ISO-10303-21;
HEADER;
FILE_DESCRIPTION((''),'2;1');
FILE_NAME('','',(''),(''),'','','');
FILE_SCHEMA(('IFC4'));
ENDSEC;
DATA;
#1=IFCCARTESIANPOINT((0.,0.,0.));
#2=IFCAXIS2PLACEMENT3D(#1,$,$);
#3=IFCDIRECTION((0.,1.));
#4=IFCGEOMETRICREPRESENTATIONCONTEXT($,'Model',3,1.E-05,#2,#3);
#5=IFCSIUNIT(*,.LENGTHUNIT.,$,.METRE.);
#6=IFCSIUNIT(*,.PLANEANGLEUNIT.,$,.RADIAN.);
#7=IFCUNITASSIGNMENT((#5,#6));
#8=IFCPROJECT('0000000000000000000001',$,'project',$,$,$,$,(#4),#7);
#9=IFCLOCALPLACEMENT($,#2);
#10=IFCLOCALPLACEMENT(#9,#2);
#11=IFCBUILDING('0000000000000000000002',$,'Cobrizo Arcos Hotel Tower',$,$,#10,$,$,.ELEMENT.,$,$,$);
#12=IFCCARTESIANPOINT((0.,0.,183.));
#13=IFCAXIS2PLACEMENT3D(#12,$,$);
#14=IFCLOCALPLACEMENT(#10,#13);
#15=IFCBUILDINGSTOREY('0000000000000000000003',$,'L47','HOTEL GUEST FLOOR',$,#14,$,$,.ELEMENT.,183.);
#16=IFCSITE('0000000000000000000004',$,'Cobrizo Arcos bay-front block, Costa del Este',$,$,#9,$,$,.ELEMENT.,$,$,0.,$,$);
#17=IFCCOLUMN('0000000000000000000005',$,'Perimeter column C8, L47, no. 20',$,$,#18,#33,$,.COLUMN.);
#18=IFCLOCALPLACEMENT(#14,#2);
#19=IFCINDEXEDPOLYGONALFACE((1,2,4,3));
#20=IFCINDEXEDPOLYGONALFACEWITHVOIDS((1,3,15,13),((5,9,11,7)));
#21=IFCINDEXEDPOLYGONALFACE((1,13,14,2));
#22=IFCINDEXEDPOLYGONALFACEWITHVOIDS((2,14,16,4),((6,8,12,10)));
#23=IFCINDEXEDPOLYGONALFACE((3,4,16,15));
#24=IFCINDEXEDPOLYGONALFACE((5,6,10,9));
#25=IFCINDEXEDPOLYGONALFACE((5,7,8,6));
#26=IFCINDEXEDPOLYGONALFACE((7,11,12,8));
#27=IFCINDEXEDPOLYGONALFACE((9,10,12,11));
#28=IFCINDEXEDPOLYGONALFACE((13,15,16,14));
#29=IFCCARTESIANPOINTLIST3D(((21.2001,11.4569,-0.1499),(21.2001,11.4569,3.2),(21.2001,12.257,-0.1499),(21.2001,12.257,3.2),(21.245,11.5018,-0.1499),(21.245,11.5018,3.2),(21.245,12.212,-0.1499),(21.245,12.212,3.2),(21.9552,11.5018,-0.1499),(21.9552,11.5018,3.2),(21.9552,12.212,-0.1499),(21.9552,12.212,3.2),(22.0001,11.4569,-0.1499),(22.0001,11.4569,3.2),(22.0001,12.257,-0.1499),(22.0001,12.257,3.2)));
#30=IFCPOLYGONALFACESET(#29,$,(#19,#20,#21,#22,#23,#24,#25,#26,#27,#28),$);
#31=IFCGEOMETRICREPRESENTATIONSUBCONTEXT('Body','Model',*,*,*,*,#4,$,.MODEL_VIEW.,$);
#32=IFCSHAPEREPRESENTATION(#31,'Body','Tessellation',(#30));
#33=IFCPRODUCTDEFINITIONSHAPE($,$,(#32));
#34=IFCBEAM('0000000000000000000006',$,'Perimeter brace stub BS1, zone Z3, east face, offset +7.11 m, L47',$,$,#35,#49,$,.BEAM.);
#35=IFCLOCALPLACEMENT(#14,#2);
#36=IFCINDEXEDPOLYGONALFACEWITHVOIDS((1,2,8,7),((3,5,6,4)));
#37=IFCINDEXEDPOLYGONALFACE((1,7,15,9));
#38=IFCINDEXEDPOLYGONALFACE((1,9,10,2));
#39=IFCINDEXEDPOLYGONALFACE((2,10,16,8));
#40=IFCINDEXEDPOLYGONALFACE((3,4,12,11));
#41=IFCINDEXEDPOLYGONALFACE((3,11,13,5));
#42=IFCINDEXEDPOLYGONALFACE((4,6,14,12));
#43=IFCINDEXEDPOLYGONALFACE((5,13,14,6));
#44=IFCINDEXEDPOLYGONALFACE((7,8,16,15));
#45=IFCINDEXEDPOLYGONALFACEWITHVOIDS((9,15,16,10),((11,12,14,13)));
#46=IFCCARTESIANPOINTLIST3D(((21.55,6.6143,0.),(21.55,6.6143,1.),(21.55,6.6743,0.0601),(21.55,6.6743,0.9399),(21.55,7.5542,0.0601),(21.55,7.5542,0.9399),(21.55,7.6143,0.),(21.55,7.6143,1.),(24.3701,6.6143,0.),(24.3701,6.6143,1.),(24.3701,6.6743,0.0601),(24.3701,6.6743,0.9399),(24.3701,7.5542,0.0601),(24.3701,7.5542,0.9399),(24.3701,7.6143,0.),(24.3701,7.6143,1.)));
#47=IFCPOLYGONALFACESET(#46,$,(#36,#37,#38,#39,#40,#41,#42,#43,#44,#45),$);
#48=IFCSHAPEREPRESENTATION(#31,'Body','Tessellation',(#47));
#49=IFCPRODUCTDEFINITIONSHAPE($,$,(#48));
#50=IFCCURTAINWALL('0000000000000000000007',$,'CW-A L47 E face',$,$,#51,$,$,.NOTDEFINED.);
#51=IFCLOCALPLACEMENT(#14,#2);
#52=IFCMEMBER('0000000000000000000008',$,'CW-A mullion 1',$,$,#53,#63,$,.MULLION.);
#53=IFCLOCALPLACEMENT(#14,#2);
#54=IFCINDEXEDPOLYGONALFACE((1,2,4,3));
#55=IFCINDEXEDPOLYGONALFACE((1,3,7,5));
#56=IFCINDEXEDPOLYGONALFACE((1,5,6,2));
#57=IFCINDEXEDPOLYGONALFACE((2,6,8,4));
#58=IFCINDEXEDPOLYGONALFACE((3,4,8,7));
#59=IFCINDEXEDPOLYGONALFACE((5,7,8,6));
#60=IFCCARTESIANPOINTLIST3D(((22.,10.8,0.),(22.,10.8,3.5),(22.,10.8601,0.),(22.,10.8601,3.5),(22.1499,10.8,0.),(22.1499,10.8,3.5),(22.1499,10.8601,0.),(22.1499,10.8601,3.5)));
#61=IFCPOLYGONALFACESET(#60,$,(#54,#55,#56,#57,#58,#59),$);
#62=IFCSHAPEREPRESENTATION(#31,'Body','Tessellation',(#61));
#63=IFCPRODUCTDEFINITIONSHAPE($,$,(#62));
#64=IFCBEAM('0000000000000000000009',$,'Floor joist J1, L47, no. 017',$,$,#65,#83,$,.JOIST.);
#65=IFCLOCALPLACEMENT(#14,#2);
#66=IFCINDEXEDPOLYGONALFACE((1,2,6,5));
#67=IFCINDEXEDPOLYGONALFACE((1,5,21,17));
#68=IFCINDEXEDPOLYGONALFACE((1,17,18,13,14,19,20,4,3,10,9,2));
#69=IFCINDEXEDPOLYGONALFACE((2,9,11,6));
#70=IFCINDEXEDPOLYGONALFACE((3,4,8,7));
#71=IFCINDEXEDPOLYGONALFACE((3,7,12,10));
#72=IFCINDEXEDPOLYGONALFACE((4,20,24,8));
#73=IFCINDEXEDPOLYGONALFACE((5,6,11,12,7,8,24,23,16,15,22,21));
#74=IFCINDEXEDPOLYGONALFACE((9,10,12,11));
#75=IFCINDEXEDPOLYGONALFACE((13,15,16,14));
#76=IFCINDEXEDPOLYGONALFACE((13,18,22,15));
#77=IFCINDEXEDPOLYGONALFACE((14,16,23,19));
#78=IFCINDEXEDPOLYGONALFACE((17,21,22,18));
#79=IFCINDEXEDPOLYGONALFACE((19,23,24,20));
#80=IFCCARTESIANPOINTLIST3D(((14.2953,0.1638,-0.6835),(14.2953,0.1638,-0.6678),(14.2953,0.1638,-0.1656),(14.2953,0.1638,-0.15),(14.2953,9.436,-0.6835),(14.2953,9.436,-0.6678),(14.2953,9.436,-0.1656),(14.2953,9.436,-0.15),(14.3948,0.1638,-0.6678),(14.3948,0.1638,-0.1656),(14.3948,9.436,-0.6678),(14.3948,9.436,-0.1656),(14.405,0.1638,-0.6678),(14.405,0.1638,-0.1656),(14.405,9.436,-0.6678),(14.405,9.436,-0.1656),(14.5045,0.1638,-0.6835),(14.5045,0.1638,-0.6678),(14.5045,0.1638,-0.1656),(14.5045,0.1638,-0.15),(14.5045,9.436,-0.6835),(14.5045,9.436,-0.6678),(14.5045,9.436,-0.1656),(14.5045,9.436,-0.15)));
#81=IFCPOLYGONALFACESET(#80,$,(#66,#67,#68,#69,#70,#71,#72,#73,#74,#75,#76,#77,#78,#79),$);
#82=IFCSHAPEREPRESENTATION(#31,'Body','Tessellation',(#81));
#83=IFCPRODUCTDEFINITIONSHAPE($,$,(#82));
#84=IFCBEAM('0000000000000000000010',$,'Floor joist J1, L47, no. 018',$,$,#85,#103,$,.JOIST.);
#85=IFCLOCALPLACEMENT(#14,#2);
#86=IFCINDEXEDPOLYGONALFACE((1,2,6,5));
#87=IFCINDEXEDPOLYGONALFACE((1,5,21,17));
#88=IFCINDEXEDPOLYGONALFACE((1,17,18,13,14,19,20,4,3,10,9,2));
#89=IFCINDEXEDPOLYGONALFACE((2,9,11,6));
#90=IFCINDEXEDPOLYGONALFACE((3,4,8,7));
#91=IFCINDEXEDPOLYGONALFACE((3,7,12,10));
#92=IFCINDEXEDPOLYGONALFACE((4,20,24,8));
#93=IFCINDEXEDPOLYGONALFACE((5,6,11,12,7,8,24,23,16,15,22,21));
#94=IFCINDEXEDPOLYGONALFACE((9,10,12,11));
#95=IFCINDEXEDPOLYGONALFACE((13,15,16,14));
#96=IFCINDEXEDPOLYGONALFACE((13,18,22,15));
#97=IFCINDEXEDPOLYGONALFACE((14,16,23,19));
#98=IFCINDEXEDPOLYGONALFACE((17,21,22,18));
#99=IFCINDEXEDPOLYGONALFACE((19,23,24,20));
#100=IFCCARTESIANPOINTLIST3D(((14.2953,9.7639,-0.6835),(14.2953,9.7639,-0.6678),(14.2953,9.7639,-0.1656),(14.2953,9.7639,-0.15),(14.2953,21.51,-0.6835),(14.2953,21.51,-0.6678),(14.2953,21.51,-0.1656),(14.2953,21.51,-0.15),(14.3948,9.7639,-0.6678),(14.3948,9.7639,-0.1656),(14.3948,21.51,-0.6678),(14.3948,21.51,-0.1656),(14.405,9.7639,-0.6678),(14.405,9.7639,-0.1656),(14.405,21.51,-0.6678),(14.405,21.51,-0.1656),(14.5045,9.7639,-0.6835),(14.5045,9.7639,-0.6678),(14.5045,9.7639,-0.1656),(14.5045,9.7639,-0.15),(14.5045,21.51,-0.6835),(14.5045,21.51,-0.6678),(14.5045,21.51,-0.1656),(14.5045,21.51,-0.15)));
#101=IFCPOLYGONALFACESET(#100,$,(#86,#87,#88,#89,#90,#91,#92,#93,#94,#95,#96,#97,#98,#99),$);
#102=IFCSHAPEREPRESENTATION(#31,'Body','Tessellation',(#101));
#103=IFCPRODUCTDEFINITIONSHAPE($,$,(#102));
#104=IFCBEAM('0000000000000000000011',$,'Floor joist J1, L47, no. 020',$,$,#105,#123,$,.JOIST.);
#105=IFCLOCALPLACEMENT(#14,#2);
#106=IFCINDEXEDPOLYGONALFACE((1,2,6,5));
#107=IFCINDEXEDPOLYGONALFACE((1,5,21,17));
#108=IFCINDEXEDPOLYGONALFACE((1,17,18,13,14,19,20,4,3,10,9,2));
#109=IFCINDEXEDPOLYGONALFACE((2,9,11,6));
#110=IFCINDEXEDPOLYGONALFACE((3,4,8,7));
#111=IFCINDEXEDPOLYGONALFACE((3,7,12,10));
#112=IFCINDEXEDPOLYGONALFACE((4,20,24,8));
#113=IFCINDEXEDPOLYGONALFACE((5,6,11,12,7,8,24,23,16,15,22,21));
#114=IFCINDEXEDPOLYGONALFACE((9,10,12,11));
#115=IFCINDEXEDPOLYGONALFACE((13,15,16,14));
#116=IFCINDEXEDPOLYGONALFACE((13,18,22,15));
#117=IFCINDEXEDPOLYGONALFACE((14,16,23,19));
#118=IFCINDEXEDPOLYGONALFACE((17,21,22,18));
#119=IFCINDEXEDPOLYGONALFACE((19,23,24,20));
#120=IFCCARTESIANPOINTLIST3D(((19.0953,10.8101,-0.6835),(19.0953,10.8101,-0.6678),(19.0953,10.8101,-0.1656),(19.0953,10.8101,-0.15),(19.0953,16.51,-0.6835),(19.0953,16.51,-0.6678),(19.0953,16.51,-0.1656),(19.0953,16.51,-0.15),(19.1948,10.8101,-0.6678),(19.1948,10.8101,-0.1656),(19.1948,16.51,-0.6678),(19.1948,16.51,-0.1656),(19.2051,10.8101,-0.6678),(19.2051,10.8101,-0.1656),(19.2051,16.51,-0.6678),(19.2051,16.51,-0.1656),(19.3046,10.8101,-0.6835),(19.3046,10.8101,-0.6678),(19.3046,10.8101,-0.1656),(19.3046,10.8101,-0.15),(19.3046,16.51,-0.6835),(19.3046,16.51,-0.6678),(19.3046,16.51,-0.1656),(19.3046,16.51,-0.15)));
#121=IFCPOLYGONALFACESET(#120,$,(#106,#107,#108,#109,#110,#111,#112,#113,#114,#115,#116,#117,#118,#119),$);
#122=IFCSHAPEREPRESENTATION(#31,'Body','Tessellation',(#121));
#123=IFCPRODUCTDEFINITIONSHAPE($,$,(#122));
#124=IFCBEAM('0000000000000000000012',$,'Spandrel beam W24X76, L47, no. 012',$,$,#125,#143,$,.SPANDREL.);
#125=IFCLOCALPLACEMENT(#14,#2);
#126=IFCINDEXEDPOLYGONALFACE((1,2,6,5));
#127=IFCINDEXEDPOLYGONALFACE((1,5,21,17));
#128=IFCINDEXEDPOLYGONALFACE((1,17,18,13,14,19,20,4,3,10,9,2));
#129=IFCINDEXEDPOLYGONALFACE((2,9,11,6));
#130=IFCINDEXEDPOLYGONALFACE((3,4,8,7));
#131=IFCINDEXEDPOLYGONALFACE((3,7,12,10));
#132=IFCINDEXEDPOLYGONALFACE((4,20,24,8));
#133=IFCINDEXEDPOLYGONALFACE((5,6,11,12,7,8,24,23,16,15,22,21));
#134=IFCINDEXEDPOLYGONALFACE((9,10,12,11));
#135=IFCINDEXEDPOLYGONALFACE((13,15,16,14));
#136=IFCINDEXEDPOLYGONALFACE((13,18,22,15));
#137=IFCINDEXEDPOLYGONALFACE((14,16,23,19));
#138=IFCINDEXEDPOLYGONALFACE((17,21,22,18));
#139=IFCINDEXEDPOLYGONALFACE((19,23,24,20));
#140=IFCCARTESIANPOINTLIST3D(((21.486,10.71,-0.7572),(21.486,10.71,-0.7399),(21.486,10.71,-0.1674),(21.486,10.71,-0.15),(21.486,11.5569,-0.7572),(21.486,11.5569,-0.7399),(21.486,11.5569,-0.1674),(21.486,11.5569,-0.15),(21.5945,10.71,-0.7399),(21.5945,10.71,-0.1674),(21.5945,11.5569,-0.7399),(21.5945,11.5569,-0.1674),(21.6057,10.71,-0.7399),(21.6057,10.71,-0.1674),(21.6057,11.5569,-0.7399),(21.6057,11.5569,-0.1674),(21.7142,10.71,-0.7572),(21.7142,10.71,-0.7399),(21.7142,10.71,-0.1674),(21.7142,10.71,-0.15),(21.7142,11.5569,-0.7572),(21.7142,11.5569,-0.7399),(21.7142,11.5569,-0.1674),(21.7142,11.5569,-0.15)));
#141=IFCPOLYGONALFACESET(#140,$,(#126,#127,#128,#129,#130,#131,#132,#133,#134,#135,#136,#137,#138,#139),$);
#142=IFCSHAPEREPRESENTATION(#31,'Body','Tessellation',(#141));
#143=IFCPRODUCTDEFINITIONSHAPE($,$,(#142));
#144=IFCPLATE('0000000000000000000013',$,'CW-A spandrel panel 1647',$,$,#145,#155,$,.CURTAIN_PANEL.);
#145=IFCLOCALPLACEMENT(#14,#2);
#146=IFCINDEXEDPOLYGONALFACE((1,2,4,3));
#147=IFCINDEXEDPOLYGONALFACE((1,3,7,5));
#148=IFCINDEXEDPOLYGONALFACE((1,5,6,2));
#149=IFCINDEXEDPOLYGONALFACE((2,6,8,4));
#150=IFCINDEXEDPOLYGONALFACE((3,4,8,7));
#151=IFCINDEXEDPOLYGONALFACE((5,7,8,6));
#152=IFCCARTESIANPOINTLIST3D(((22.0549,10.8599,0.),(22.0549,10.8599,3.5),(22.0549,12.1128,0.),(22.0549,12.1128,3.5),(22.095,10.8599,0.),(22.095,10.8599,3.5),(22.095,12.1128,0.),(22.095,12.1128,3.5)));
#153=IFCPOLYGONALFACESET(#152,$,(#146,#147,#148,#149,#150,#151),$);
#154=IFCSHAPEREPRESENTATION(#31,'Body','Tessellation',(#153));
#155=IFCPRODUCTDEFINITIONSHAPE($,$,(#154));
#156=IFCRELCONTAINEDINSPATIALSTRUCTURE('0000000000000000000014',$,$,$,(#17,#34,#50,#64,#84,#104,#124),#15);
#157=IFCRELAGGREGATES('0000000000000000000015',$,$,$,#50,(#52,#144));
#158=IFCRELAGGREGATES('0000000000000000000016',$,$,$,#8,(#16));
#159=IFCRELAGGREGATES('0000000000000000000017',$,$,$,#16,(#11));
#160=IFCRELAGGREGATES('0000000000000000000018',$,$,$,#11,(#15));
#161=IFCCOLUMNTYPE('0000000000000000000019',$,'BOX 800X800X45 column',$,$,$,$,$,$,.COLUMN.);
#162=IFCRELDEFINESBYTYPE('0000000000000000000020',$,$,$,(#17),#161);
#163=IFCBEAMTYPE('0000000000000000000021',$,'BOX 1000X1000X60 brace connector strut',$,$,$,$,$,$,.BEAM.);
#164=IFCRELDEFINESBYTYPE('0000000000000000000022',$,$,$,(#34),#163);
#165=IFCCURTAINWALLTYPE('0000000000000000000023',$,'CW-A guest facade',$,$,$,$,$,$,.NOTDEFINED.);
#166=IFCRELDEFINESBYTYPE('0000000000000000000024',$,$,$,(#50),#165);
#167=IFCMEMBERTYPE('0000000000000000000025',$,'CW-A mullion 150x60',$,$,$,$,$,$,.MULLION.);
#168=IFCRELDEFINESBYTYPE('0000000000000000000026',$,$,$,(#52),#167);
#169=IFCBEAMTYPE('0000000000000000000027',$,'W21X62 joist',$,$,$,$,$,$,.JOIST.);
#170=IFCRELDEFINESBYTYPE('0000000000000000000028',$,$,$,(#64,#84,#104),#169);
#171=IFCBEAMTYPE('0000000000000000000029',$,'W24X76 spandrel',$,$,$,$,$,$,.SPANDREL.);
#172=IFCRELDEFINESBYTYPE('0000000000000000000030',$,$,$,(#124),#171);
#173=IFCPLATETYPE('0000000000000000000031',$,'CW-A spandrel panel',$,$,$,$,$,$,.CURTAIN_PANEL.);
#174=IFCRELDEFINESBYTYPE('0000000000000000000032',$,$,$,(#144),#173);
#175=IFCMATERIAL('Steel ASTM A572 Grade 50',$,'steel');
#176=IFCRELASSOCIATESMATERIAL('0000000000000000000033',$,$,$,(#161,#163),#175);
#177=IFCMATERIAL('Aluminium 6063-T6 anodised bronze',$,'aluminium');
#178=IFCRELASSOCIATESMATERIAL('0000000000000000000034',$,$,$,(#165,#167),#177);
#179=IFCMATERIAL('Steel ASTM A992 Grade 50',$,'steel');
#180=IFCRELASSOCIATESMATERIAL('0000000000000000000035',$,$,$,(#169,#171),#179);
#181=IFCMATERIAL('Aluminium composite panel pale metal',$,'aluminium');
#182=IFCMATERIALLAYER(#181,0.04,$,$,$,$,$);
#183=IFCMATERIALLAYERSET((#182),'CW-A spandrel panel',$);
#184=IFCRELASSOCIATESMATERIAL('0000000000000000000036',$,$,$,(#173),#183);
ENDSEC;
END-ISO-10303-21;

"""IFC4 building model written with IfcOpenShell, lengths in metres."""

from ifc_helpers import new_model, si_unit, direction, frame, origin, origin_2d, place, context, subcontext, project, spatial, rectangle, hollow_rectangle, i_section, extrude, material, layer, layer_set, material_profile, profile_set, type_object, element, aggregate, save


model = new_model("IFC4")

# Units and contexts
model_context = context("Model", 3, precision=1e-05, world=origin(), true_north=direction((0.0, 1.0)))
body_context = subcontext(model_context, "Body", "Model", "MODEL_VIEW")
ifc_project = project(units=[si_unit("LENGTHUNIT", "METRE"), si_unit("PLANEANGLEUNIT", "RADIAN")], contexts=[model_context])

# Site, building, storey
site_placement = place(None, origin())
site = spatial("IfcSite", under=ifc_project, at=site_placement, Name="Cobrizo Arcos bay-front block, Costa del Este", CompositionType="ELEMENT", RefElevation=0.0)
building_placement = place(site_placement, origin())
building = spatial("IfcBuilding", under=site, at=building_placement, Name="Cobrizo Arcos Hotel Tower", CompositionType="ELEMENT")
storey_placement = place(building_placement, frame((0.0, 0.0, 183.0)))
storey = spatial("IfcBuildingStorey", under=building, at=storey_placement, Name="L47", Description="HOTEL GUEST FLOOR", CompositionType="ELEMENT", Elevation=183.0)

# Column
ifc_material_1 = material(Name="Steel ASTM A572 Grade 50", Category="steel")
ifc_material_profile_1 = material_profile(ifc_material_1, hollow_rectangle(XDim=0.8, YDim=0.8, WallThickness=0.0449, at=origin_2d()), Name="BOX 800X800X45")
ifc_profile_set_1 = profile_set([ifc_material_profile_1], Name="Steel ASTM A572 Grade 50")
column_type = type_object("IfcColumnType", Name="BOX 800X800X45 column", PredefinedType="COLUMN", material=ifc_profile_set_1)
column_placement = place(storey_placement, frame((21.6001, 11.8569, -0.1499), z_axis=(0.0, 0.0, 1.0), x_axis=(1.0, 0.0, 0.0)))
element("IfcColumn", 1, at=column_placement, inside=storey, type_object=column_type, Name="Perimeter column C8, L47, no. 20", PredefinedType="COLUMN", context=body_context, shape_type="SweptSolid", body=[
    extrude(hollow_rectangle(XDim=0.8, YDim=0.8, WallThickness=0.0449, at=origin_2d()), origin(), (0.0, 0.0, 1.0), 3.3499),
])

# Beam
ifc_material_profile_2 = material_profile(ifc_material_1, hollow_rectangle(XDim=1.0, YDim=1.0, WallThickness=0.0601, at=origin_2d()), Name="BOX 1000X1000X60")
ifc_profile_set_2 = profile_set([ifc_material_profile_2], Name="Steel ASTM A572 Grade 50")
beam_type_1 = type_object("IfcBeamType", Name="BOX 1000X1000X60 brace connector strut", PredefinedType="BEAM", material=ifc_profile_set_2)
beam_1_placement = place(storey_placement, frame((21.55, 7.1143, 0.5), z_axis=(1.0, 0.0, 0.0), x_axis=(0.0, 1.0, 0.0)))
element("IfcBeam", 2, at=beam_1_placement, inside=storey, type_object=beam_type_1, Name="Perimeter brace stub BS1, zone Z3, east face, offset +7.11 m, L47", PredefinedType="BEAM", context=body_context, shape_type="SweptSolid", body=[
    extrude(hollow_rectangle(XDim=1.0, YDim=1.0, WallThickness=0.0601, at=origin_2d()), origin(), (0.0, 0.0, 1.0), 2.8201),
])

# Curtain wall, member
ifc_material_2 = material(Name="Aluminium 6063-T6 anodised bronze", Category="aluminium")
curtain_wall_type = type_object("IfcCurtainWallType", Name="CW-A guest facade", PredefinedType="NOTDEFINED", material=ifc_material_2)
curtain_wall_placement = place(storey_placement, origin())
curtain_wall = element("IfcCurtainWall", 3, at=curtain_wall_placement, inside=storey, type_object=curtain_wall_type, Name="CW-A L47 E face", PredefinedType="NOTDEFINED")
ifc_material_profile_3 = material_profile(ifc_material_2, rectangle(XDim=0.1499, YDim=0.0601, at=origin_2d()), Name="CW-A mullion 150x60")
ifc_profile_set_3 = profile_set([ifc_material_profile_3], Name="Aluminium 6063-T6 anodised bronze")
member_type = type_object("IfcMemberType", Name="CW-A mullion 150x60", PredefinedType="MULLION", material=ifc_profile_set_3)
member_placement = place(storey_placement, frame((22.075, 10.8301, 0.0), z_axis=(0.0, 0.0, 1.0), x_axis=(1.0, 0.0, 0.0)))
member = element("IfcMember", 4, at=member_placement, type_object=member_type, Name="CW-A mullion 1", PredefinedType="MULLION", context=body_context, shape_type="SweptSolid", body=[
    extrude(rectangle(XDim=0.1499, YDim=0.0601, at=origin_2d()), origin(), (0.0, 0.0, 1.0), 3.5),
])

# Beams
ifc_material_3 = material(Name="Steel ASTM A992 Grade 50", Category="steel")
ifc_material_profile_4 = material_profile(ifc_material_3, i_section(OverallWidth=0.2092, OverallDepth=0.5334, WebThickness=0.0103, FlangeThickness=0.0156, at=origin_2d()), Name="W21X62")
ifc_profile_set_4 = profile_set([ifc_material_profile_4], Name="Steel ASTM A992 Grade 50")
beam_type_2 = type_object("IfcBeamType", Name="W21X62 joist", PredefinedType="JOIST", material=ifc_profile_set_4)
beam_2_placement = place(storey_placement, frame((14.3999, 0.1638, -0.4167), z_axis=(0.0, 1.0, 0.0), x_axis=(-1.0, 0.0, 0.0)))
element("IfcBeam", 5, at=beam_2_placement, inside=storey, type_object=beam_type_2, Name="Floor joist J1, L47, no. 017", PredefinedType="JOIST", context=body_context, shape_type="SweptSolid", body=[
    extrude(i_section(OverallWidth=0.2092, OverallDepth=0.5334, WebThickness=0.0103, FlangeThickness=0.0156, at=origin_2d()), origin(), (0.0, 0.0, 1.0), 9.2722),
])
beam_3_placement = place(storey_placement, frame((14.3999, 9.7639, -0.4167), z_axis=(0.0, 1.0, 0.0), x_axis=(-1.0, 0.0, 0.0)))
element("IfcBeam", 6, at=beam_3_placement, inside=storey, type_object=beam_type_2, Name="Floor joist J1, L47, no. 018", PredefinedType="JOIST", context=body_context, shape_type="SweptSolid", body=[
    extrude(i_section(OverallWidth=0.2092, OverallDepth=0.5334, WebThickness=0.0103, FlangeThickness=0.0156, at=origin_2d()), origin(), (0.0, 0.0, 1.0), 11.7461),
])
beam_4_placement = place(storey_placement, frame((19.2, 10.8101, -0.4167), z_axis=(0.0, 1.0, 0.0), x_axis=(-1.0, 0.0, 0.0)))
element("IfcBeam", 7, at=beam_4_placement, inside=storey, type_object=beam_type_2, Name="Floor joist J1, L47, no. 020", PredefinedType="JOIST", context=body_context, shape_type="SweptSolid", body=[
    extrude(i_section(OverallWidth=0.2092, OverallDepth=0.5334, WebThickness=0.0103, FlangeThickness=0.0156, at=origin_2d()), origin(), (0.0, 0.0, 1.0), 5.7),
])
ifc_material_profile_5 = material_profile(ifc_material_3, i_section(OverallWidth=0.2283, OverallDepth=0.6072, WebThickness=0.0112, FlangeThickness=0.0173, at=origin_2d()), Name="W24X76")
ifc_profile_set_5 = profile_set([ifc_material_profile_5], Name="Steel ASTM A992 Grade 50")
beam_type_3 = type_object("IfcBeamType", Name="W24X76 spandrel", PredefinedType="SPANDREL", material=ifc_profile_set_5)
beam_5_placement = place(storey_placement, frame((21.6001, 10.71, -0.4536), z_axis=(0.0, 1.0, 0.0), x_axis=(-1.0, 0.0, 0.0)))
element("IfcBeam", 8, at=beam_5_placement, inside=storey, type_object=beam_type_3, Name="Spandrel beam W24X76, L47, no. 012", PredefinedType="SPANDREL", context=body_context, shape_type="SweptSolid", body=[
    extrude(i_section(OverallWidth=0.2283, OverallDepth=0.6072, WebThickness=0.0112, FlangeThickness=0.0173, at=origin_2d()), origin(), (0.0, 0.0, 1.0), 0.8469),
])

# Plate
ifc_material_4 = material(Name="Aluminium composite panel pale metal", Category="aluminium")
ifc_layer_1 = layer(ifc_material_4, 0.04)
ifc_layer_set_1 = layer_set([ifc_layer_1], Name="CW-A spandrel panel")
plate_type = type_object("IfcPlateType", Name="CW-A spandrel panel", PredefinedType="CURTAIN_PANEL", material=ifc_layer_set_1)
plate_placement = place(storey_placement, frame((22.075, 11.4863, 0.0), z_axis=(0.0, 0.0, 1.0), x_axis=(0.0, 1.0, 0.0)))
plate = element("IfcPlate", 9, at=plate_placement, type_object=plate_type, Name="CW-A spandrel panel 1647", PredefinedType="CURTAIN_PANEL", context=body_context, shape_type="SweptSolid", body=[
    extrude(rectangle(XDim=1.2529, YDim=0.04, at=origin_2d()), origin(), (0.0, 0.0, 1.0), 3.5),
])
aggregate(curtain_wall, [member, plate])

save(model, "model.ifc")
